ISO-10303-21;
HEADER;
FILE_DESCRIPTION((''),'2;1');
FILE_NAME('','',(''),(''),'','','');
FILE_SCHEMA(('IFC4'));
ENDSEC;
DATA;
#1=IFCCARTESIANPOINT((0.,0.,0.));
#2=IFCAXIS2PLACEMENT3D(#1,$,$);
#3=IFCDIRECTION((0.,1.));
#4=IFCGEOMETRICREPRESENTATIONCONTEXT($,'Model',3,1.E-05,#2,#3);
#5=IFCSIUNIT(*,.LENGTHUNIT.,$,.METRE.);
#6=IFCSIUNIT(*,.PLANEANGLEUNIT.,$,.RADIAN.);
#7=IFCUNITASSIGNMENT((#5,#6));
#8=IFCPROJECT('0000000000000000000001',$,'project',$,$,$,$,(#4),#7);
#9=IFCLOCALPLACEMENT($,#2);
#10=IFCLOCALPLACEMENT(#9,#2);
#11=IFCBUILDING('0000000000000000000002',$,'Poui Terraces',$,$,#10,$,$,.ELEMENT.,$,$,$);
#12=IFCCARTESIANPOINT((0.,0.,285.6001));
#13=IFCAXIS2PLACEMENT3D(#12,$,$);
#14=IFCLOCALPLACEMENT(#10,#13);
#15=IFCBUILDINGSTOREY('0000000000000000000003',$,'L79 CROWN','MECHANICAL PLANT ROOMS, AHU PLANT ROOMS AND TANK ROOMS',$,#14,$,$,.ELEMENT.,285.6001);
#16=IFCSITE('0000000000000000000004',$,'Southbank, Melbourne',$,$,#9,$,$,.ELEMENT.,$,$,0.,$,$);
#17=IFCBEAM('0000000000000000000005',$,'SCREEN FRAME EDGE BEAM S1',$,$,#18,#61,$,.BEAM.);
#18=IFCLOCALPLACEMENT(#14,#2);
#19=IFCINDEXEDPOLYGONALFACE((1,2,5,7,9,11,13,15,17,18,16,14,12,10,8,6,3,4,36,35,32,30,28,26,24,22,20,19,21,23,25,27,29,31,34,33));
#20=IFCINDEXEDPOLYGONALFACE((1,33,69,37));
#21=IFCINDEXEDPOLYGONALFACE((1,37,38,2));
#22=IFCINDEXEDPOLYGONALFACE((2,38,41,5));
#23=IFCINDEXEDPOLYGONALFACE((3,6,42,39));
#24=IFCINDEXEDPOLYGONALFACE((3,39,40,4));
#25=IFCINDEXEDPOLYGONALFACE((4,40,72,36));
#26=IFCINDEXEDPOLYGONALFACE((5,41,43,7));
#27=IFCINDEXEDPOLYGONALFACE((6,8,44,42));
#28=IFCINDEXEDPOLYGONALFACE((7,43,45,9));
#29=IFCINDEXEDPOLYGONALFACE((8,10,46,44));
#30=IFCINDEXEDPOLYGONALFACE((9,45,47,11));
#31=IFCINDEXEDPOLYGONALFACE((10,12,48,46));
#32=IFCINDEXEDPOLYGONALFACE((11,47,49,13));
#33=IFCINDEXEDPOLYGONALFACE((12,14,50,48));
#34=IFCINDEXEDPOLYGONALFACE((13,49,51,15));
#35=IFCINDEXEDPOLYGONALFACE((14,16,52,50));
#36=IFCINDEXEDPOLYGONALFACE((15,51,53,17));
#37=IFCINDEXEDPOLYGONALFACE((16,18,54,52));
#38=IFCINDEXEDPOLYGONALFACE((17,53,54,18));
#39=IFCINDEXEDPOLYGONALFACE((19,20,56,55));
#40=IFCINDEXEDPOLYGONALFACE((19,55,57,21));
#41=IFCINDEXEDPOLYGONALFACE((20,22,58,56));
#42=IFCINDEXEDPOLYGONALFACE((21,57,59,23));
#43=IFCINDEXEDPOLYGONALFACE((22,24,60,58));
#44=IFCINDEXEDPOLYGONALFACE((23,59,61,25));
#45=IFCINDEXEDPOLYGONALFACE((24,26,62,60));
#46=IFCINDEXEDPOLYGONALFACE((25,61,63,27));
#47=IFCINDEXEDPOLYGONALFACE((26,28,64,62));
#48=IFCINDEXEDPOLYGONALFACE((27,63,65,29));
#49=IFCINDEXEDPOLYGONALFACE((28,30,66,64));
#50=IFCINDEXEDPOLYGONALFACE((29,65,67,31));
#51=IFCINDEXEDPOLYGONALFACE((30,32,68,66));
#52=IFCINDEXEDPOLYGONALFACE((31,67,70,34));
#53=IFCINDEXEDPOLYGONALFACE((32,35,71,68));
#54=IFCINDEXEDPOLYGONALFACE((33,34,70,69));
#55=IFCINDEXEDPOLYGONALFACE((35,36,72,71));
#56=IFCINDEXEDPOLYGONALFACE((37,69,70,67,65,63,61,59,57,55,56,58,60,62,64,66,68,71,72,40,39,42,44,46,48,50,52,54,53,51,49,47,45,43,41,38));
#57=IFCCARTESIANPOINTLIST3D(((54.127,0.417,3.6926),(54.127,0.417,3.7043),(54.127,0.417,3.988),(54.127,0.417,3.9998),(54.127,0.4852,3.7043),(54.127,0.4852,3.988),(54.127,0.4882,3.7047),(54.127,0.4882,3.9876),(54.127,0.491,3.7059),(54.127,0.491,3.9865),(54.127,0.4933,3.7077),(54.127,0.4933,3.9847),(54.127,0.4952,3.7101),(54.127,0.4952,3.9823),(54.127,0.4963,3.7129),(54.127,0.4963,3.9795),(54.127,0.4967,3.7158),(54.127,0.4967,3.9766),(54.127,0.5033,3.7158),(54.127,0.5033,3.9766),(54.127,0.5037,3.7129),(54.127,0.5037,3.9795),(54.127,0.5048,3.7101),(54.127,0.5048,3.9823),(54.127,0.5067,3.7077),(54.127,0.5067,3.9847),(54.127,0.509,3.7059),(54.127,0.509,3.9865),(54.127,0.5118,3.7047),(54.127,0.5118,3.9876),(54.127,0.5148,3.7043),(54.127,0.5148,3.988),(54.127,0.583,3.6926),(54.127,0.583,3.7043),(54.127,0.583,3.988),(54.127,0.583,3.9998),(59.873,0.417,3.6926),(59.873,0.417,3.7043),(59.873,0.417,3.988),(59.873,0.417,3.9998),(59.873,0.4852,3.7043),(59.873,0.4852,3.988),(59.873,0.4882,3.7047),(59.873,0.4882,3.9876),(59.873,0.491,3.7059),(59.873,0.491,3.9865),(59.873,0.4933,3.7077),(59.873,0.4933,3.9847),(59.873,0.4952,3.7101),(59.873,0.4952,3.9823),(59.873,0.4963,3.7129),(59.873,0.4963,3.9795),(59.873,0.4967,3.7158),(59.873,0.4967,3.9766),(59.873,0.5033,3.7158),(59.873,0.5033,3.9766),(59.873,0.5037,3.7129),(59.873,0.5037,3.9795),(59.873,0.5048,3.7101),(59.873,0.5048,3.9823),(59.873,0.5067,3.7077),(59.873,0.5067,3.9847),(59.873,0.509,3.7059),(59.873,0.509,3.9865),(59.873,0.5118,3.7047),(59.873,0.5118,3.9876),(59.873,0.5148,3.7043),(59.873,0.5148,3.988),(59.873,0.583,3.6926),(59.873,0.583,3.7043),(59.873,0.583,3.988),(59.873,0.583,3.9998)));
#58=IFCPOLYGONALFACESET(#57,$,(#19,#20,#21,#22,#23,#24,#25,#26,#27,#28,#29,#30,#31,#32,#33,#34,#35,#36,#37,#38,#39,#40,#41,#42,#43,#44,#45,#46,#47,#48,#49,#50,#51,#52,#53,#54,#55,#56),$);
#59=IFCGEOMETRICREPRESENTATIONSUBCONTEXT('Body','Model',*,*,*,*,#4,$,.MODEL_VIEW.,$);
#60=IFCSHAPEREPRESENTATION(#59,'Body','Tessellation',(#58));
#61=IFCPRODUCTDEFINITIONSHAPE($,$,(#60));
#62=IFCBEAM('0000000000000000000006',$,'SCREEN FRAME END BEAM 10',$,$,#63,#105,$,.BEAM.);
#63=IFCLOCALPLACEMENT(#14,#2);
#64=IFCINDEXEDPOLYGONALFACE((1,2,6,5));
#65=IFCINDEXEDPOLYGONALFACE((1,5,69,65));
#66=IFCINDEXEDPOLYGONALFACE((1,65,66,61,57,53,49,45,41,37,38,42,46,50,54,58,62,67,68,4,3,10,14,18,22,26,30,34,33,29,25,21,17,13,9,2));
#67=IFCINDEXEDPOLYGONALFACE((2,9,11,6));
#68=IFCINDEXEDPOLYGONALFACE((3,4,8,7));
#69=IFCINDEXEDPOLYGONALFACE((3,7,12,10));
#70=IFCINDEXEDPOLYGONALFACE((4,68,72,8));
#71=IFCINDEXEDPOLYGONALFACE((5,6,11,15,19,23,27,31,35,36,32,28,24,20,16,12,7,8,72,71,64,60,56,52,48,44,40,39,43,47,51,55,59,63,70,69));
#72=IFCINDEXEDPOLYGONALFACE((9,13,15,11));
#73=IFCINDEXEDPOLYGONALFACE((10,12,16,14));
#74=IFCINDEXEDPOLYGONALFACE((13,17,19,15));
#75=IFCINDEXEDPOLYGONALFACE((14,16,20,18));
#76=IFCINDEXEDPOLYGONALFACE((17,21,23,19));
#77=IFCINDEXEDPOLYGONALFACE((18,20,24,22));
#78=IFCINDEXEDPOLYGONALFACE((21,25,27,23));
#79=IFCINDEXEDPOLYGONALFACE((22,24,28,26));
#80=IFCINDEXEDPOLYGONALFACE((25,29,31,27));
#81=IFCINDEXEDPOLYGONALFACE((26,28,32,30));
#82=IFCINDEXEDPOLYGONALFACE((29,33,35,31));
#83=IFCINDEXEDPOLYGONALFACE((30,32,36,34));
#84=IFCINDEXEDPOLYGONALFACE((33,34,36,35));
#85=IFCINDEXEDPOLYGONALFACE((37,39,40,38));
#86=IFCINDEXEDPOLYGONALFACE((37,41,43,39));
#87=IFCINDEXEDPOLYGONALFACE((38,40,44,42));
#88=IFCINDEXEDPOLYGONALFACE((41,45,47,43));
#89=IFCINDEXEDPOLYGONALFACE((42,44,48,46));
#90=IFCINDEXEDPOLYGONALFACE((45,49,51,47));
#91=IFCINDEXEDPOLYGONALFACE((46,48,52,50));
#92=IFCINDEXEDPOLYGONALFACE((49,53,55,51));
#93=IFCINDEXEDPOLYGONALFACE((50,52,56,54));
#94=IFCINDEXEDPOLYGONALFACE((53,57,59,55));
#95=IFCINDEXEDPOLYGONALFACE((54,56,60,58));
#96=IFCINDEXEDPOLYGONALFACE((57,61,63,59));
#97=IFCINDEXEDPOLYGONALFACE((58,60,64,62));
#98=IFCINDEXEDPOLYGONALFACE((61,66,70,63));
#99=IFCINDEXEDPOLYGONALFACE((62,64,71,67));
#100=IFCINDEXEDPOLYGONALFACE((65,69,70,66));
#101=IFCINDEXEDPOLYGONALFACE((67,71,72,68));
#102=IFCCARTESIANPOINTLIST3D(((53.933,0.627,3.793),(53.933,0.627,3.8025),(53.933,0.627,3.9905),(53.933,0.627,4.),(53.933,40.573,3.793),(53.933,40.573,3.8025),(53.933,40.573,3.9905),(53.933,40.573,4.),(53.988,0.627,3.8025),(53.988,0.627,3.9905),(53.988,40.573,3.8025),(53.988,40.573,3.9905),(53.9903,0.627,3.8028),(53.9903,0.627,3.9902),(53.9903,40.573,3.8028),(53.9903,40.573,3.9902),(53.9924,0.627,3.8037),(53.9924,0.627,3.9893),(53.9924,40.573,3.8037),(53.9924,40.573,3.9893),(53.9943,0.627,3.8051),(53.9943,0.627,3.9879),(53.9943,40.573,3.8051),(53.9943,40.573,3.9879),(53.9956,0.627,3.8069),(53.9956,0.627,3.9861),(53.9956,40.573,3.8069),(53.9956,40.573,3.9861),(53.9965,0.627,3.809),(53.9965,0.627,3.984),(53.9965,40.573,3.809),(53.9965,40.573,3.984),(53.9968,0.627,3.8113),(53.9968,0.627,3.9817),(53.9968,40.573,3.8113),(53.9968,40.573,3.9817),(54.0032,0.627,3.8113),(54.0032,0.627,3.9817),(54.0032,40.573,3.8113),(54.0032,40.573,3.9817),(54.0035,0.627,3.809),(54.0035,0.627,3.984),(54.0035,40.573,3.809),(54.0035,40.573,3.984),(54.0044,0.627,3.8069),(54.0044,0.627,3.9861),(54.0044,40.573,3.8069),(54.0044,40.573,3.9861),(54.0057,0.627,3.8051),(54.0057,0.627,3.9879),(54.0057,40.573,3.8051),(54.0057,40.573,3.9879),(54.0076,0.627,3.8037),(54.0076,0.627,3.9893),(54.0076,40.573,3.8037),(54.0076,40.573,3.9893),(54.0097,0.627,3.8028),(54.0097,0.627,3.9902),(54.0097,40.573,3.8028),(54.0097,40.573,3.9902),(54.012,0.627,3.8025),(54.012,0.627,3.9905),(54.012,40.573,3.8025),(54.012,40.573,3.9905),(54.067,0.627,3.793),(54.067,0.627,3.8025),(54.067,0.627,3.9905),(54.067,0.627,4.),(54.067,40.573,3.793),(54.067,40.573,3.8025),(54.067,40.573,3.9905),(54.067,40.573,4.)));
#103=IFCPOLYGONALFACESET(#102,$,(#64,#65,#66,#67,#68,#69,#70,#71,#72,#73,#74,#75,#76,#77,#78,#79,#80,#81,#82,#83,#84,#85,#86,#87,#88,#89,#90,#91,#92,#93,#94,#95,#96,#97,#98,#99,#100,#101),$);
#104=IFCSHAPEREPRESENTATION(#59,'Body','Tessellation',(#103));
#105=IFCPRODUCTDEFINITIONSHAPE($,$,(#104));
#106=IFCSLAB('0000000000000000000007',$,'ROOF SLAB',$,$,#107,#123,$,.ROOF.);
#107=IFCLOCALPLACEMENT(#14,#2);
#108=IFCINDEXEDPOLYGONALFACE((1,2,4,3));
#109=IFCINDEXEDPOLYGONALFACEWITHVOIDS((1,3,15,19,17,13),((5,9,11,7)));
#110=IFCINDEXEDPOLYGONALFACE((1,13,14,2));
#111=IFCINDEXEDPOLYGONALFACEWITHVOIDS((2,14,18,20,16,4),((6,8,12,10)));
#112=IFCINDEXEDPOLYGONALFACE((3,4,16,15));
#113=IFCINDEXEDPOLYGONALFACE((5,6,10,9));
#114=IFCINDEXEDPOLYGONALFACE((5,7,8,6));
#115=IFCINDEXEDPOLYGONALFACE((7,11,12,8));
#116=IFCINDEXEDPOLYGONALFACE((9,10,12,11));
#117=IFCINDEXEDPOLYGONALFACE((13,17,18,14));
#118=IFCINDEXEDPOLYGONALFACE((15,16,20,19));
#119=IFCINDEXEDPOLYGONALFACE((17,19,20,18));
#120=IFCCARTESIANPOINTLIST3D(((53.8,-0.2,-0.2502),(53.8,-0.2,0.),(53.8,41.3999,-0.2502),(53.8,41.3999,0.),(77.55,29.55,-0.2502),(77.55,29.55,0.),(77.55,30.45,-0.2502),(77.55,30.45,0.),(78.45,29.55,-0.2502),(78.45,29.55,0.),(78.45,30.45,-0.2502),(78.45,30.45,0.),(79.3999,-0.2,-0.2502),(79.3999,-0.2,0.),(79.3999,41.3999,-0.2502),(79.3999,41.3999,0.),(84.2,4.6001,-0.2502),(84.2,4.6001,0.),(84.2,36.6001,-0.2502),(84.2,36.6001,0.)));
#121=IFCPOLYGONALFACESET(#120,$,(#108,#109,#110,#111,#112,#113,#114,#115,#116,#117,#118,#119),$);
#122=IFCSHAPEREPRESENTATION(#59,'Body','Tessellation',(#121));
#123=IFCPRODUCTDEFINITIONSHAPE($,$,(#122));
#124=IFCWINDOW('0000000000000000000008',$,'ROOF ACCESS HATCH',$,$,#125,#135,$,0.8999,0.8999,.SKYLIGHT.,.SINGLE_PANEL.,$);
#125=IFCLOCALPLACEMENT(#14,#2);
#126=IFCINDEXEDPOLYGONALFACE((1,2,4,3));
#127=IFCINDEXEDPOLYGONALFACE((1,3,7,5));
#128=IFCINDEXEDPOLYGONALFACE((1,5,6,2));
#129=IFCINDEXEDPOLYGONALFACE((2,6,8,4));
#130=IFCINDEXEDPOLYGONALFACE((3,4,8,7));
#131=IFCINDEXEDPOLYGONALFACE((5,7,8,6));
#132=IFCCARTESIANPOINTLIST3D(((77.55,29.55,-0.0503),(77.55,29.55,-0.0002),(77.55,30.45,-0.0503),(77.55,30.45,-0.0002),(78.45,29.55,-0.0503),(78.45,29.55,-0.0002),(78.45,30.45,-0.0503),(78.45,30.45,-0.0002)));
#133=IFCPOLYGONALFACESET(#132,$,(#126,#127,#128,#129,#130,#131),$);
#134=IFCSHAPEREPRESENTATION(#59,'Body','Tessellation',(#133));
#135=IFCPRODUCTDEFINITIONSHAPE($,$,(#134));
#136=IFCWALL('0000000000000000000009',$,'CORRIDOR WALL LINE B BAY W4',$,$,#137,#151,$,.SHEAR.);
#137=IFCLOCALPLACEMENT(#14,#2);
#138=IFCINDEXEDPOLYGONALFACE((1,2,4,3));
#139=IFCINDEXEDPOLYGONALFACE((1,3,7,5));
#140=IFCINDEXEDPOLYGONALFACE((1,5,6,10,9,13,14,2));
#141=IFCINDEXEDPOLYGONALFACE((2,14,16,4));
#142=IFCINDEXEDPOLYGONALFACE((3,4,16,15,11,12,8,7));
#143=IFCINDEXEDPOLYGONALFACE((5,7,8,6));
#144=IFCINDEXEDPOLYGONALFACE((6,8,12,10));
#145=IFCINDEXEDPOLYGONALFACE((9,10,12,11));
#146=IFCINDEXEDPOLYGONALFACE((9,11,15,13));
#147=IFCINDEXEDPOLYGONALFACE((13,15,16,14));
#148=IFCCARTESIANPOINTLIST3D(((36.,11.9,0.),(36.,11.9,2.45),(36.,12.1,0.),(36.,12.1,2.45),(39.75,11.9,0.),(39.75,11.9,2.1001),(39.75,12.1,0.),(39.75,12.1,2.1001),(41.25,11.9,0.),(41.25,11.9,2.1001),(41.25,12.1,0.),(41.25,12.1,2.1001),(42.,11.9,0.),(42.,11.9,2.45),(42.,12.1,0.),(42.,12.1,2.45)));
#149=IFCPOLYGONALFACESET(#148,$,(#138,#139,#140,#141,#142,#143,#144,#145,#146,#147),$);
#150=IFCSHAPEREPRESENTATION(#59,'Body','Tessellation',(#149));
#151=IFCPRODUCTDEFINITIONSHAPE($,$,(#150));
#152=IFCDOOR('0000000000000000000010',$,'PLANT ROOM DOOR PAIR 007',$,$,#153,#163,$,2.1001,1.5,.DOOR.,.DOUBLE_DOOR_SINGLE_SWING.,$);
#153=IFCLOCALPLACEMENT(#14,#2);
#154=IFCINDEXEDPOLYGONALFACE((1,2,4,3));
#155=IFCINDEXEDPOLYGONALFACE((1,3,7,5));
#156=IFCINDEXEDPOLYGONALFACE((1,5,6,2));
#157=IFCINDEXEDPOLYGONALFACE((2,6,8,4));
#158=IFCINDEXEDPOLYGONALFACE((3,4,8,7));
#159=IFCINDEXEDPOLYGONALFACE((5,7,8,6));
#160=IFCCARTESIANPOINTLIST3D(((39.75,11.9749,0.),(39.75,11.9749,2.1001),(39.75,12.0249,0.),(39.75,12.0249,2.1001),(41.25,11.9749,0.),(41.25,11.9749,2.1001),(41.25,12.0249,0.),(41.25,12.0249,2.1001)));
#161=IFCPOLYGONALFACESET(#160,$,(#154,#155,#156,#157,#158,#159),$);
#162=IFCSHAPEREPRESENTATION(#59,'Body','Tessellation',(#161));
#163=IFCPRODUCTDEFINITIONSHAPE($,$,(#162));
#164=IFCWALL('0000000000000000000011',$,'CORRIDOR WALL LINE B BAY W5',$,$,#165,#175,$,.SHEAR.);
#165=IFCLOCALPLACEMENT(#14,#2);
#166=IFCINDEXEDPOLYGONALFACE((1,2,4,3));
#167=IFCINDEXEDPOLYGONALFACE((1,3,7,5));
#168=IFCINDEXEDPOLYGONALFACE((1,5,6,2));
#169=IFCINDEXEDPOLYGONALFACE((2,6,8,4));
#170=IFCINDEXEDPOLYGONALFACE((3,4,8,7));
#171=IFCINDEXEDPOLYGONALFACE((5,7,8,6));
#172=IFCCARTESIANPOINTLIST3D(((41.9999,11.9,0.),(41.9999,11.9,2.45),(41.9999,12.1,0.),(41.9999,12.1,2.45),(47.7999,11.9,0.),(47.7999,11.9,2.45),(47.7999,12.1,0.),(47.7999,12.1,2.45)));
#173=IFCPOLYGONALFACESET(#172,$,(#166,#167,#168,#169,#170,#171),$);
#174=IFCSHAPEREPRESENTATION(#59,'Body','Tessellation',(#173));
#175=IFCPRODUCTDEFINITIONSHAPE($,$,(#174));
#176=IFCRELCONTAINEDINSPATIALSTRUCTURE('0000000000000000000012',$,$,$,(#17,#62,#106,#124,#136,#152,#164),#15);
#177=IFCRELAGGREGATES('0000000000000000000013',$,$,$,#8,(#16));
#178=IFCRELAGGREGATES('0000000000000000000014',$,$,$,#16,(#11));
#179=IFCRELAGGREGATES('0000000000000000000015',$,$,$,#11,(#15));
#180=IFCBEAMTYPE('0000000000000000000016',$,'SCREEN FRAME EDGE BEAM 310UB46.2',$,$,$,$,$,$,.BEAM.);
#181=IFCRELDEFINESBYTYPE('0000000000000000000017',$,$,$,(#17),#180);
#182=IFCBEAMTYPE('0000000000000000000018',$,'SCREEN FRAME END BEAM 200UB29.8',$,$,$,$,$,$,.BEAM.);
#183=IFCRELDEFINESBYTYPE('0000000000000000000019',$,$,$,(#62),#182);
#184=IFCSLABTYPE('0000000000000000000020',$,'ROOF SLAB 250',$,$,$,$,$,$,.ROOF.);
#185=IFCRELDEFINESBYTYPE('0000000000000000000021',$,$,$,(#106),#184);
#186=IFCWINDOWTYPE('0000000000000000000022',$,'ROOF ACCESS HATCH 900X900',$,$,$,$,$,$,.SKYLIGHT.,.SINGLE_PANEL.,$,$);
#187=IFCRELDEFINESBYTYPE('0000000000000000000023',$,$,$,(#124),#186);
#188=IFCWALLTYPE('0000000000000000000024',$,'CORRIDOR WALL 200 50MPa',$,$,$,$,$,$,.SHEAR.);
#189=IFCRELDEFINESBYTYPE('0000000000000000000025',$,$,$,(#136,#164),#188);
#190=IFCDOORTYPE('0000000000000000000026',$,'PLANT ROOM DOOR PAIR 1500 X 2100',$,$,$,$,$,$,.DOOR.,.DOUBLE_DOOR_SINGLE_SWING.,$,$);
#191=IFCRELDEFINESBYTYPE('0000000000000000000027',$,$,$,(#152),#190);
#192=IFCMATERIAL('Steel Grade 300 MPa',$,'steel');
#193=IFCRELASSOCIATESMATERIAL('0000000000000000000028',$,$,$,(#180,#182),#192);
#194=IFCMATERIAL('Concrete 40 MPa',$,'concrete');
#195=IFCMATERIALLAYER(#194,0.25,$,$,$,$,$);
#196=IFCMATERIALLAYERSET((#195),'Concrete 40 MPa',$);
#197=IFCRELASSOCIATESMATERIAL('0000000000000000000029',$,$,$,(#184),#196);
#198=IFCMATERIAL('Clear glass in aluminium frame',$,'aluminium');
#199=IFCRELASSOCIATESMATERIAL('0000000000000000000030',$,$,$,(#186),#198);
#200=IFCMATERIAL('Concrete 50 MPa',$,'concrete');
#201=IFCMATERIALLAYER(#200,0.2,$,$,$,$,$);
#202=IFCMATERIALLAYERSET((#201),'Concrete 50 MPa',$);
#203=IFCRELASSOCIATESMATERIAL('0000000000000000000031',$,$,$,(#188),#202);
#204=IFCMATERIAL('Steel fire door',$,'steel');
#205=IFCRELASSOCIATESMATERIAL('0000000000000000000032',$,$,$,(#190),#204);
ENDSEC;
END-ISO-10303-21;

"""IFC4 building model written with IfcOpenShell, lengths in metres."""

from ifc_helpers import new_model, si_unit, direction, frame, frame_2d, origin, origin_2d, place, context, subcontext, project, spatial, polyline, rectangle, i_section, outline, extrude, source, transform, mapped, material, layer, layer_set, material_profile, profile_set, type_object, element, fill, save


model = new_model("IFC4")

# Units and contexts
model_context = context("Model", 3, precision=1e-05, world=origin(), true_north=direction((0.0, 1.0)))
body_context = subcontext(model_context, "Body", "Model", "MODEL_VIEW")
ifc_project = project(units=[si_unit("LENGTHUNIT", "METRE"), si_unit("PLANEANGLEUNIT", "RADIAN")], contexts=[model_context])

# Site, building, storey
site_placement = place(None, origin())
site = spatial("IfcSite", under=ifc_project, at=site_placement, Name="Southbank, Melbourne", CompositionType="ELEMENT", RefElevation=0.0)
building_placement = place(site_placement, origin())
building = spatial("IfcBuilding", under=site, at=building_placement, Name="Poui Terraces", CompositionType="ELEMENT")
storey_placement = place(building_placement, frame((0.0, 0.0, 285.6001)))
storey = spatial("IfcBuildingStorey", under=building, at=storey_placement, Name="L79 CROWN", Description="MECHANICAL PLANT ROOMS, AHU PLANT ROOMS AND TANK ROOMS", CompositionType="ELEMENT", Elevation=285.6001)

# Shared definitions
ifc_material_1 = material(Name="Steel Grade 300 MPa", Category="steel")

# Beams
ifc_material_2 = material(Name="Concrete 50 MPa", Category="concrete")
ifc_material_profile_1 = material_profile(ifc_material_1, i_section(OverallWidth=0.166, OverallDepth=0.3071, WebThickness=0.0066, FlangeThickness=0.0117, FilletRadius=0.0115, at=origin_2d()), Name="310UB46.2")
ifc_profile_set_1 = profile_set([ifc_material_profile_1], Name="Steel Grade 300 MPa")
beam_type_1 = type_object("IfcBeamType", Name="SCREEN FRAME EDGE BEAM 310UB46.2", PredefinedType="BEAM", material=ifc_profile_set_1)
shared_shape_1 = source(origin(), body_context, "Body", "SweptSolid", [
    extrude(i_section(OverallWidth=0.166, OverallDepth=0.3071, WebThickness=0.0066, FlangeThickness=0.0117, FilletRadius=0.0115, at=origin_2d()), origin(), (0.0, 0.0, 1.0), 5.7461),
])
beam_1_placement = place(storey_placement, frame((54.127, 0.5, 3.8462), z_axis=(1.0, 0.0, 0.0), x_axis=(0.0, 1.0, 0.0)))
element("IfcBeam", 1, at=beam_1_placement, inside=storey, type_object=beam_type_1, Name="SCREEN FRAME EDGE BEAM S1", PredefinedType="BEAM", context=body_context, shape_type="MappedRepresentation", body=[
    mapped(shared_shape_1, transform((0.0, 0.0, 0.0))),
])
ifc_material_profile_2 = material_profile(ifc_material_1, i_section(OverallWidth=0.134, OverallDepth=0.207, WebThickness=0.0063, FlangeThickness=0.0095, FilletRadius=0.0088, at=origin_2d()), Name="200UB29.8")
ifc_profile_set_2 = profile_set([ifc_material_profile_2], Name="Steel Grade 300 MPa")
beam_type_2 = type_object("IfcBeamType", Name="SCREEN FRAME END BEAM 200UB29.8", PredefinedType="BEAM", material=ifc_profile_set_2)
shared_shape_2 = source(origin(), body_context, "Body", "SweptSolid", [
    extrude(i_section(OverallWidth=0.134, OverallDepth=0.207, WebThickness=0.0063, FlangeThickness=0.0095, FilletRadius=0.0088, at=origin_2d()), origin(), (0.0, 0.0, 1.0), 39.946),
])
beam_2_placement = place(storey_placement, frame((54.0, 0.627, 3.8965), z_axis=(0.0, 1.0, 0.0), x_axis=(-1.0, 0.0, 0.0)))
element("IfcBeam", 2, at=beam_2_placement, inside=storey, type_object=beam_type_2, Name="SCREEN FRAME END BEAM 10", PredefinedType="BEAM", context=body_context, shape_type="MappedRepresentation", body=[
    mapped(shared_shape_2, transform((0.0, 0.0, 0.0))),
])

# Slab, opening, window
ifc_material_3 = material(Name="Concrete 40 MPa", Category="concrete")
ifc_layer_1 = layer(ifc_material_3, 0.25)
ifc_layer_set_1 = layer_set([ifc_layer_1], Name="Concrete 40 MPa")
slab_type = type_object("IfcSlabType", Name="ROOF SLAB 250", PredefinedType="ROOF", material=ifc_layer_set_1)
shared_shape_3 = source(origin(), body_context, "Body", "SweptSolid", [
    extrude(outline(polyline([(0.0, 0.0), (25.5999, 0.0), (30.3999, 4.8), (30.3999, 36.8), (25.5999, 41.5999), (0.0, 41.5999), (0.0, 0.0)])), origin(), (0.0, 0.0, 1.0), 0.2502),
])
slab_placement = place(storey_placement, frame((53.8, -0.2, -0.2502)))
slab = element("IfcSlab", 3, at=slab_placement, inside=storey, type_object=slab_type, Name="ROOF SLAB", PredefinedType="ROOF", context=body_context, shape_type="MappedRepresentation", body=[
    mapped(shared_shape_3, transform((0.0, 0.0, 0.0))),
])
opening_1_placement = place(slab_placement, frame((24.2, 30.2, -0.01)))
opening_1 = element("IfcOpeningElement", 4, at=opening_1_placement, cuts=slab, PredefinedType="OPENING", context=body_context, shape_type="SweptSolid", body=[
    extrude(rectangle(XDim=0.8999, YDim=0.8999, at=origin_2d()), origin(), (0.0, 0.0, 1.0), 0.27),
])
ifc_material_4 = material(Name="Clear glass in aluminium frame", Category="aluminium")
window_type = type_object("IfcWindowType", Name="ROOF ACCESS HATCH 900X900", PartitioningType="SINGLE_PANEL", PredefinedType="SKYLIGHT", material=ifc_material_4)
window_placement = place(opening_1_placement, frame((0.0, 0.0, 0.21)))
window = element("IfcWindow", 5, at=window_placement, inside=storey, type_object=window_type, Name="ROOF ACCESS HATCH", OverallHeight=0.8999, OverallWidth=0.8999, PartitioningType="SINGLE_PANEL", PredefinedType="SKYLIGHT", context=body_context, shape_type="SweptSolid", body=[
    extrude(rectangle(XDim=0.8999, YDim=0.8999, at=origin_2d()), origin(), (0.0, 0.0, 1.0), 0.05),
])
fill(opening_1, window)

# Wall, opening, door
ifc_layer_2 = layer(ifc_material_2, 0.2)
ifc_layer_set_2 = layer_set([ifc_layer_2], Name="Concrete 50 MPa")
wall_type_1 = type_object("IfcWallType", Name="CORRIDOR WALL 200 50MPa", PredefinedType="SHEAR", material=ifc_layer_set_2)
wall_1_placement = place(storey_placement, frame((36.0, 12.0, 0.0), z_axis=(0.0, 0.0, 1.0), x_axis=(1.0, 0.0, 0.0)))
wall_1 = element("IfcWall", 6, at=wall_1_placement, inside=storey, type_object=wall_type_1, Name="CORRIDOR WALL LINE B BAY W4", PredefinedType="SHEAR", context=body_context, shape_type="SweptSolid", body=[
    extrude(rectangle(XDim=6.0, YDim=0.2, at=frame_2d((3.0, 0.0))), origin(), (0.0, 0.0, 1.0), 2.45),
])
opening_2_placement = place(wall_1_placement, frame((3.75, 0.0, 0.0)))
opening_2 = element("IfcOpeningElement", 7, at=opening_2_placement, cuts=wall_1, PredefinedType="OPENING", context=body_context, shape_type="SweptSolid", body=[
    extrude(rectangle(XDim=1.5, YDim=2.1001, at=frame_2d((0.75, 1.05))), frame((0.0, 0.1099, 0.0), z_axis=(0.0, -1.0, 0.0), x_axis=(1.0, 0.0, 0.0)), (0.0, 0.0, 1.0), 0.22),
])
ifc_material_5 = material(Name="Steel fire door", Category="steel")
door_type = type_object("IfcDoorType", Name="PLANT ROOM DOOR PAIR 1500 X 2100", OperationType="DOUBLE_DOOR_SINGLE_SWING", PredefinedType="DOOR", material=ifc_material_5)
door_1_placement = place(opening_2_placement, origin())
door_1 = element("IfcDoor", 8, at=door_1_placement, inside=storey, type_object=door_type, Name="PLANT ROOM DOOR PAIR 007", OperationType="DOUBLE_DOOR_SINGLE_SWING", OverallHeight=2.1001, OverallWidth=1.5, PredefinedType="DOOR", context=body_context, shape_type="SweptSolid", body=[
    extrude(rectangle(XDim=1.5, YDim=2.1001, at=frame_2d((0.75, 1.05))), frame((0.0, 0.0249, 0.0), z_axis=(0.0, -1.0, 0.0), x_axis=(1.0, 0.0, 0.0)), (0.0, 0.0, 1.0), 0.05),
])
fill(opening_2, door_1)

# Wall
wall_2_placement = place(storey_placement, frame((42.0, 12.0, 0.0), z_axis=(0.0, 0.0, 1.0), x_axis=(1.0, 0.0, 0.0)))
element("IfcWall", 9, at=wall_2_placement, inside=storey, type_object=wall_type_1, Name="CORRIDOR WALL LINE B BAY W5", PredefinedType="SHEAR", context=body_context, shape_type="SweptSolid", body=[
    extrude(rectangle(XDim=5.8, YDim=0.2, at=frame_2d((2.8999, 0.0))), origin(), (0.0, 0.0, 1.0), 2.45),
])

save(model, "model.ifc")
